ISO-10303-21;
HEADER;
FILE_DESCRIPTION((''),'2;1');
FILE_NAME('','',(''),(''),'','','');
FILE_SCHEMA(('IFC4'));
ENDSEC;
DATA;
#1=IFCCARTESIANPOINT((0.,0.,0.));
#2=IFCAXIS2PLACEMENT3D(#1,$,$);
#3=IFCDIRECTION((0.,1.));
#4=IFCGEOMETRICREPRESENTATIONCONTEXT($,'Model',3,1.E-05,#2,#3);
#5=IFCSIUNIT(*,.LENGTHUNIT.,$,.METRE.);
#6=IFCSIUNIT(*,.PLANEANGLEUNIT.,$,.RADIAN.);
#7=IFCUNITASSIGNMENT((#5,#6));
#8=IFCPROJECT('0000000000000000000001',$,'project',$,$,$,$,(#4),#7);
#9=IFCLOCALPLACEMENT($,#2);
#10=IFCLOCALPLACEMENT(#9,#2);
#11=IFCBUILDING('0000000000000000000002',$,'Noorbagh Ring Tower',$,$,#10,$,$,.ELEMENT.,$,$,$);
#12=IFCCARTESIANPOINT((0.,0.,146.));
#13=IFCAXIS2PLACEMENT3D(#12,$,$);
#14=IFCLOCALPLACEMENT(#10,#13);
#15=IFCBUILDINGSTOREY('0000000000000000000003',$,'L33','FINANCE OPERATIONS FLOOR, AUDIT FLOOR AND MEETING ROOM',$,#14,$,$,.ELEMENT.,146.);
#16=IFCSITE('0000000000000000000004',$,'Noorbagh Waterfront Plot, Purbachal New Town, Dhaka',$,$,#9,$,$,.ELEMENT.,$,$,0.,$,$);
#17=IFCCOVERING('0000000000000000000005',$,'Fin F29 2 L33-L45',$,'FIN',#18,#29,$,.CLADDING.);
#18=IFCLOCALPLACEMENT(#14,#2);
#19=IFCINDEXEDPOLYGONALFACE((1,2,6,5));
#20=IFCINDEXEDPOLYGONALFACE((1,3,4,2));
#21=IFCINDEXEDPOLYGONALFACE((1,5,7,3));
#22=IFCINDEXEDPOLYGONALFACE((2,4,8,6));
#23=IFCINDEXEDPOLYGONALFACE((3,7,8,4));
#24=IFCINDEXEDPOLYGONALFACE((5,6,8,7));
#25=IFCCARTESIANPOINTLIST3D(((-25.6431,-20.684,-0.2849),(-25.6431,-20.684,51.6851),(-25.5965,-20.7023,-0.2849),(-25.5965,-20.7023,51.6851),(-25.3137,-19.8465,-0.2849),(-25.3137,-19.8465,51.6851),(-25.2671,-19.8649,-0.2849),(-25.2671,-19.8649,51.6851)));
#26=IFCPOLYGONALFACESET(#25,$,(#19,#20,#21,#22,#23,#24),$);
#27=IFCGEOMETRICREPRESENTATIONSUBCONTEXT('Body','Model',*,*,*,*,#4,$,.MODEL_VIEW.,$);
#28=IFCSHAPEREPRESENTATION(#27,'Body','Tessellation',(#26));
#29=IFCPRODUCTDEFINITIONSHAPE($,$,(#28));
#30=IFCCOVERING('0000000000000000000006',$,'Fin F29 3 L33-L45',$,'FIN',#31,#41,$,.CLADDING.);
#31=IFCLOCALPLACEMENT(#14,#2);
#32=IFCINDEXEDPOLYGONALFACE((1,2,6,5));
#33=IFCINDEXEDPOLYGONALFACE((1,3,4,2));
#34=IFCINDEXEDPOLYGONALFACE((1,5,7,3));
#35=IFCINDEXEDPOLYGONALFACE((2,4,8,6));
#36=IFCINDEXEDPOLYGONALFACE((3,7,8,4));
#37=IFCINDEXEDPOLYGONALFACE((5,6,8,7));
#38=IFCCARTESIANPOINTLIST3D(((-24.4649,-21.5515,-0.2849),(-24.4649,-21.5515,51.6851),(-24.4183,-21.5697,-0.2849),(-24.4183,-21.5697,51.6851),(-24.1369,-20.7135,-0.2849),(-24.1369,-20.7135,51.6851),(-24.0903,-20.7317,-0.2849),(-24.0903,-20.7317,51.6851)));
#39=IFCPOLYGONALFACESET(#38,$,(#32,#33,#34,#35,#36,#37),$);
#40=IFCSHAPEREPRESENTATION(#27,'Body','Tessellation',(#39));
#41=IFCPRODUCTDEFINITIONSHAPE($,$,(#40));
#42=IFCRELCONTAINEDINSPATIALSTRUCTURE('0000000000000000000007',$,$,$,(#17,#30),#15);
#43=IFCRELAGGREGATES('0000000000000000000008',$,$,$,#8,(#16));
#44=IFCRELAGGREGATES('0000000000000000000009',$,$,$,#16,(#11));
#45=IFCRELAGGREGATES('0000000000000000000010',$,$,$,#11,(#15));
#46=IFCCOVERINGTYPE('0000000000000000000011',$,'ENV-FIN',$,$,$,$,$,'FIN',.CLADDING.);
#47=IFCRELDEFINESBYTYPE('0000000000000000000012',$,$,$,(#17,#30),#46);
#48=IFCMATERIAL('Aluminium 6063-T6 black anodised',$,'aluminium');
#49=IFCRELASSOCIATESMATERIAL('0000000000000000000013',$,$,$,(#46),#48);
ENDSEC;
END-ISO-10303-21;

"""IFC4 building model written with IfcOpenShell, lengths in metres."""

from ifc_helpers import new_model, si_unit, direction, frame, origin, origin_2d, place, context, subcontext, project, spatial, rectangle, extrude, material, material_profile, profile_set, type_object, element, save


model = new_model("IFC4")

# Units and contexts
model_context = context("Model", 3, precision=1e-05, world=origin(), true_north=direction((0.0, 1.0)))
body_context = subcontext(model_context, "Body", "Model", "MODEL_VIEW")
ifc_project = project(units=[si_unit("LENGTHUNIT", "METRE"), si_unit("PLANEANGLEUNIT", "RADIAN")], contexts=[model_context])

# Site, building, storey
site_placement = place(None, origin())
site = spatial("IfcSite", under=ifc_project, at=site_placement, Name="Noorbagh Waterfront Plot, Purbachal New Town, Dhaka", CompositionType="ELEMENT", RefElevation=0.0)
building_placement = place(site_placement, origin())
building = spatial("IfcBuilding", under=site, at=building_placement, Name="Noorbagh Ring Tower", CompositionType="ELEMENT")
storey_placement = place(building_placement, frame((0.0, 0.0, 146.0)))
storey = spatial("IfcBuildingStorey", under=building, at=storey_placement, Name="L33", Description="FINANCE OPERATIONS FLOOR, AUDIT FLOOR AND MEETING ROOM", CompositionType="ELEMENT", Elevation=146.0)

# Coverings
ifc_material_1 = material(Name="Aluminium 6063-T6 black anodised", Category="aluminium")
ifc_material_profile_1 = material_profile(ifc_material_1, rectangle(XDim=0.8999, YDim=0.05, at=origin_2d()), Name="900x50")
ifc_profile_set_1 = profile_set([ifc_material_profile_1], Name="Aluminium 6063-T6 black anodised")
covering_type = type_object("IfcCoveringType", Name="ENV-FIN", ElementType="FIN", PredefinedType="CLADDING", material=ifc_profile_set_1)
for number, where, z_axis, x_axis, name in (
    (1, (-25.4551, -20.2744, -0.2849), (0.0, 0.0, 1.0), (-0.366047, -0.930596, 0.0), "Fin F29 2 L33-L45"),
    (2, (-24.2776, -21.1416, -0.2849), (0.0, 0.0, 1.0), (-0.364533, -0.93119, 0.0), "Fin F29 3 L33-L45"),
):
    element("IfcCovering", number, at=place(storey_placement, frame(where, z_axis=z_axis, x_axis=x_axis)), inside=storey, type_object=covering_type, Name=name, ObjectType="FIN", PredefinedType="CLADDING", context=body_context, shape_type="SweptSolid", body=[
        extrude(rectangle(XDim=0.8999, YDim=0.05, at=origin_2d()), origin(), (0.0, 0.0, 1.0), 51.97),
    ])

save(model, "model.ifc")
